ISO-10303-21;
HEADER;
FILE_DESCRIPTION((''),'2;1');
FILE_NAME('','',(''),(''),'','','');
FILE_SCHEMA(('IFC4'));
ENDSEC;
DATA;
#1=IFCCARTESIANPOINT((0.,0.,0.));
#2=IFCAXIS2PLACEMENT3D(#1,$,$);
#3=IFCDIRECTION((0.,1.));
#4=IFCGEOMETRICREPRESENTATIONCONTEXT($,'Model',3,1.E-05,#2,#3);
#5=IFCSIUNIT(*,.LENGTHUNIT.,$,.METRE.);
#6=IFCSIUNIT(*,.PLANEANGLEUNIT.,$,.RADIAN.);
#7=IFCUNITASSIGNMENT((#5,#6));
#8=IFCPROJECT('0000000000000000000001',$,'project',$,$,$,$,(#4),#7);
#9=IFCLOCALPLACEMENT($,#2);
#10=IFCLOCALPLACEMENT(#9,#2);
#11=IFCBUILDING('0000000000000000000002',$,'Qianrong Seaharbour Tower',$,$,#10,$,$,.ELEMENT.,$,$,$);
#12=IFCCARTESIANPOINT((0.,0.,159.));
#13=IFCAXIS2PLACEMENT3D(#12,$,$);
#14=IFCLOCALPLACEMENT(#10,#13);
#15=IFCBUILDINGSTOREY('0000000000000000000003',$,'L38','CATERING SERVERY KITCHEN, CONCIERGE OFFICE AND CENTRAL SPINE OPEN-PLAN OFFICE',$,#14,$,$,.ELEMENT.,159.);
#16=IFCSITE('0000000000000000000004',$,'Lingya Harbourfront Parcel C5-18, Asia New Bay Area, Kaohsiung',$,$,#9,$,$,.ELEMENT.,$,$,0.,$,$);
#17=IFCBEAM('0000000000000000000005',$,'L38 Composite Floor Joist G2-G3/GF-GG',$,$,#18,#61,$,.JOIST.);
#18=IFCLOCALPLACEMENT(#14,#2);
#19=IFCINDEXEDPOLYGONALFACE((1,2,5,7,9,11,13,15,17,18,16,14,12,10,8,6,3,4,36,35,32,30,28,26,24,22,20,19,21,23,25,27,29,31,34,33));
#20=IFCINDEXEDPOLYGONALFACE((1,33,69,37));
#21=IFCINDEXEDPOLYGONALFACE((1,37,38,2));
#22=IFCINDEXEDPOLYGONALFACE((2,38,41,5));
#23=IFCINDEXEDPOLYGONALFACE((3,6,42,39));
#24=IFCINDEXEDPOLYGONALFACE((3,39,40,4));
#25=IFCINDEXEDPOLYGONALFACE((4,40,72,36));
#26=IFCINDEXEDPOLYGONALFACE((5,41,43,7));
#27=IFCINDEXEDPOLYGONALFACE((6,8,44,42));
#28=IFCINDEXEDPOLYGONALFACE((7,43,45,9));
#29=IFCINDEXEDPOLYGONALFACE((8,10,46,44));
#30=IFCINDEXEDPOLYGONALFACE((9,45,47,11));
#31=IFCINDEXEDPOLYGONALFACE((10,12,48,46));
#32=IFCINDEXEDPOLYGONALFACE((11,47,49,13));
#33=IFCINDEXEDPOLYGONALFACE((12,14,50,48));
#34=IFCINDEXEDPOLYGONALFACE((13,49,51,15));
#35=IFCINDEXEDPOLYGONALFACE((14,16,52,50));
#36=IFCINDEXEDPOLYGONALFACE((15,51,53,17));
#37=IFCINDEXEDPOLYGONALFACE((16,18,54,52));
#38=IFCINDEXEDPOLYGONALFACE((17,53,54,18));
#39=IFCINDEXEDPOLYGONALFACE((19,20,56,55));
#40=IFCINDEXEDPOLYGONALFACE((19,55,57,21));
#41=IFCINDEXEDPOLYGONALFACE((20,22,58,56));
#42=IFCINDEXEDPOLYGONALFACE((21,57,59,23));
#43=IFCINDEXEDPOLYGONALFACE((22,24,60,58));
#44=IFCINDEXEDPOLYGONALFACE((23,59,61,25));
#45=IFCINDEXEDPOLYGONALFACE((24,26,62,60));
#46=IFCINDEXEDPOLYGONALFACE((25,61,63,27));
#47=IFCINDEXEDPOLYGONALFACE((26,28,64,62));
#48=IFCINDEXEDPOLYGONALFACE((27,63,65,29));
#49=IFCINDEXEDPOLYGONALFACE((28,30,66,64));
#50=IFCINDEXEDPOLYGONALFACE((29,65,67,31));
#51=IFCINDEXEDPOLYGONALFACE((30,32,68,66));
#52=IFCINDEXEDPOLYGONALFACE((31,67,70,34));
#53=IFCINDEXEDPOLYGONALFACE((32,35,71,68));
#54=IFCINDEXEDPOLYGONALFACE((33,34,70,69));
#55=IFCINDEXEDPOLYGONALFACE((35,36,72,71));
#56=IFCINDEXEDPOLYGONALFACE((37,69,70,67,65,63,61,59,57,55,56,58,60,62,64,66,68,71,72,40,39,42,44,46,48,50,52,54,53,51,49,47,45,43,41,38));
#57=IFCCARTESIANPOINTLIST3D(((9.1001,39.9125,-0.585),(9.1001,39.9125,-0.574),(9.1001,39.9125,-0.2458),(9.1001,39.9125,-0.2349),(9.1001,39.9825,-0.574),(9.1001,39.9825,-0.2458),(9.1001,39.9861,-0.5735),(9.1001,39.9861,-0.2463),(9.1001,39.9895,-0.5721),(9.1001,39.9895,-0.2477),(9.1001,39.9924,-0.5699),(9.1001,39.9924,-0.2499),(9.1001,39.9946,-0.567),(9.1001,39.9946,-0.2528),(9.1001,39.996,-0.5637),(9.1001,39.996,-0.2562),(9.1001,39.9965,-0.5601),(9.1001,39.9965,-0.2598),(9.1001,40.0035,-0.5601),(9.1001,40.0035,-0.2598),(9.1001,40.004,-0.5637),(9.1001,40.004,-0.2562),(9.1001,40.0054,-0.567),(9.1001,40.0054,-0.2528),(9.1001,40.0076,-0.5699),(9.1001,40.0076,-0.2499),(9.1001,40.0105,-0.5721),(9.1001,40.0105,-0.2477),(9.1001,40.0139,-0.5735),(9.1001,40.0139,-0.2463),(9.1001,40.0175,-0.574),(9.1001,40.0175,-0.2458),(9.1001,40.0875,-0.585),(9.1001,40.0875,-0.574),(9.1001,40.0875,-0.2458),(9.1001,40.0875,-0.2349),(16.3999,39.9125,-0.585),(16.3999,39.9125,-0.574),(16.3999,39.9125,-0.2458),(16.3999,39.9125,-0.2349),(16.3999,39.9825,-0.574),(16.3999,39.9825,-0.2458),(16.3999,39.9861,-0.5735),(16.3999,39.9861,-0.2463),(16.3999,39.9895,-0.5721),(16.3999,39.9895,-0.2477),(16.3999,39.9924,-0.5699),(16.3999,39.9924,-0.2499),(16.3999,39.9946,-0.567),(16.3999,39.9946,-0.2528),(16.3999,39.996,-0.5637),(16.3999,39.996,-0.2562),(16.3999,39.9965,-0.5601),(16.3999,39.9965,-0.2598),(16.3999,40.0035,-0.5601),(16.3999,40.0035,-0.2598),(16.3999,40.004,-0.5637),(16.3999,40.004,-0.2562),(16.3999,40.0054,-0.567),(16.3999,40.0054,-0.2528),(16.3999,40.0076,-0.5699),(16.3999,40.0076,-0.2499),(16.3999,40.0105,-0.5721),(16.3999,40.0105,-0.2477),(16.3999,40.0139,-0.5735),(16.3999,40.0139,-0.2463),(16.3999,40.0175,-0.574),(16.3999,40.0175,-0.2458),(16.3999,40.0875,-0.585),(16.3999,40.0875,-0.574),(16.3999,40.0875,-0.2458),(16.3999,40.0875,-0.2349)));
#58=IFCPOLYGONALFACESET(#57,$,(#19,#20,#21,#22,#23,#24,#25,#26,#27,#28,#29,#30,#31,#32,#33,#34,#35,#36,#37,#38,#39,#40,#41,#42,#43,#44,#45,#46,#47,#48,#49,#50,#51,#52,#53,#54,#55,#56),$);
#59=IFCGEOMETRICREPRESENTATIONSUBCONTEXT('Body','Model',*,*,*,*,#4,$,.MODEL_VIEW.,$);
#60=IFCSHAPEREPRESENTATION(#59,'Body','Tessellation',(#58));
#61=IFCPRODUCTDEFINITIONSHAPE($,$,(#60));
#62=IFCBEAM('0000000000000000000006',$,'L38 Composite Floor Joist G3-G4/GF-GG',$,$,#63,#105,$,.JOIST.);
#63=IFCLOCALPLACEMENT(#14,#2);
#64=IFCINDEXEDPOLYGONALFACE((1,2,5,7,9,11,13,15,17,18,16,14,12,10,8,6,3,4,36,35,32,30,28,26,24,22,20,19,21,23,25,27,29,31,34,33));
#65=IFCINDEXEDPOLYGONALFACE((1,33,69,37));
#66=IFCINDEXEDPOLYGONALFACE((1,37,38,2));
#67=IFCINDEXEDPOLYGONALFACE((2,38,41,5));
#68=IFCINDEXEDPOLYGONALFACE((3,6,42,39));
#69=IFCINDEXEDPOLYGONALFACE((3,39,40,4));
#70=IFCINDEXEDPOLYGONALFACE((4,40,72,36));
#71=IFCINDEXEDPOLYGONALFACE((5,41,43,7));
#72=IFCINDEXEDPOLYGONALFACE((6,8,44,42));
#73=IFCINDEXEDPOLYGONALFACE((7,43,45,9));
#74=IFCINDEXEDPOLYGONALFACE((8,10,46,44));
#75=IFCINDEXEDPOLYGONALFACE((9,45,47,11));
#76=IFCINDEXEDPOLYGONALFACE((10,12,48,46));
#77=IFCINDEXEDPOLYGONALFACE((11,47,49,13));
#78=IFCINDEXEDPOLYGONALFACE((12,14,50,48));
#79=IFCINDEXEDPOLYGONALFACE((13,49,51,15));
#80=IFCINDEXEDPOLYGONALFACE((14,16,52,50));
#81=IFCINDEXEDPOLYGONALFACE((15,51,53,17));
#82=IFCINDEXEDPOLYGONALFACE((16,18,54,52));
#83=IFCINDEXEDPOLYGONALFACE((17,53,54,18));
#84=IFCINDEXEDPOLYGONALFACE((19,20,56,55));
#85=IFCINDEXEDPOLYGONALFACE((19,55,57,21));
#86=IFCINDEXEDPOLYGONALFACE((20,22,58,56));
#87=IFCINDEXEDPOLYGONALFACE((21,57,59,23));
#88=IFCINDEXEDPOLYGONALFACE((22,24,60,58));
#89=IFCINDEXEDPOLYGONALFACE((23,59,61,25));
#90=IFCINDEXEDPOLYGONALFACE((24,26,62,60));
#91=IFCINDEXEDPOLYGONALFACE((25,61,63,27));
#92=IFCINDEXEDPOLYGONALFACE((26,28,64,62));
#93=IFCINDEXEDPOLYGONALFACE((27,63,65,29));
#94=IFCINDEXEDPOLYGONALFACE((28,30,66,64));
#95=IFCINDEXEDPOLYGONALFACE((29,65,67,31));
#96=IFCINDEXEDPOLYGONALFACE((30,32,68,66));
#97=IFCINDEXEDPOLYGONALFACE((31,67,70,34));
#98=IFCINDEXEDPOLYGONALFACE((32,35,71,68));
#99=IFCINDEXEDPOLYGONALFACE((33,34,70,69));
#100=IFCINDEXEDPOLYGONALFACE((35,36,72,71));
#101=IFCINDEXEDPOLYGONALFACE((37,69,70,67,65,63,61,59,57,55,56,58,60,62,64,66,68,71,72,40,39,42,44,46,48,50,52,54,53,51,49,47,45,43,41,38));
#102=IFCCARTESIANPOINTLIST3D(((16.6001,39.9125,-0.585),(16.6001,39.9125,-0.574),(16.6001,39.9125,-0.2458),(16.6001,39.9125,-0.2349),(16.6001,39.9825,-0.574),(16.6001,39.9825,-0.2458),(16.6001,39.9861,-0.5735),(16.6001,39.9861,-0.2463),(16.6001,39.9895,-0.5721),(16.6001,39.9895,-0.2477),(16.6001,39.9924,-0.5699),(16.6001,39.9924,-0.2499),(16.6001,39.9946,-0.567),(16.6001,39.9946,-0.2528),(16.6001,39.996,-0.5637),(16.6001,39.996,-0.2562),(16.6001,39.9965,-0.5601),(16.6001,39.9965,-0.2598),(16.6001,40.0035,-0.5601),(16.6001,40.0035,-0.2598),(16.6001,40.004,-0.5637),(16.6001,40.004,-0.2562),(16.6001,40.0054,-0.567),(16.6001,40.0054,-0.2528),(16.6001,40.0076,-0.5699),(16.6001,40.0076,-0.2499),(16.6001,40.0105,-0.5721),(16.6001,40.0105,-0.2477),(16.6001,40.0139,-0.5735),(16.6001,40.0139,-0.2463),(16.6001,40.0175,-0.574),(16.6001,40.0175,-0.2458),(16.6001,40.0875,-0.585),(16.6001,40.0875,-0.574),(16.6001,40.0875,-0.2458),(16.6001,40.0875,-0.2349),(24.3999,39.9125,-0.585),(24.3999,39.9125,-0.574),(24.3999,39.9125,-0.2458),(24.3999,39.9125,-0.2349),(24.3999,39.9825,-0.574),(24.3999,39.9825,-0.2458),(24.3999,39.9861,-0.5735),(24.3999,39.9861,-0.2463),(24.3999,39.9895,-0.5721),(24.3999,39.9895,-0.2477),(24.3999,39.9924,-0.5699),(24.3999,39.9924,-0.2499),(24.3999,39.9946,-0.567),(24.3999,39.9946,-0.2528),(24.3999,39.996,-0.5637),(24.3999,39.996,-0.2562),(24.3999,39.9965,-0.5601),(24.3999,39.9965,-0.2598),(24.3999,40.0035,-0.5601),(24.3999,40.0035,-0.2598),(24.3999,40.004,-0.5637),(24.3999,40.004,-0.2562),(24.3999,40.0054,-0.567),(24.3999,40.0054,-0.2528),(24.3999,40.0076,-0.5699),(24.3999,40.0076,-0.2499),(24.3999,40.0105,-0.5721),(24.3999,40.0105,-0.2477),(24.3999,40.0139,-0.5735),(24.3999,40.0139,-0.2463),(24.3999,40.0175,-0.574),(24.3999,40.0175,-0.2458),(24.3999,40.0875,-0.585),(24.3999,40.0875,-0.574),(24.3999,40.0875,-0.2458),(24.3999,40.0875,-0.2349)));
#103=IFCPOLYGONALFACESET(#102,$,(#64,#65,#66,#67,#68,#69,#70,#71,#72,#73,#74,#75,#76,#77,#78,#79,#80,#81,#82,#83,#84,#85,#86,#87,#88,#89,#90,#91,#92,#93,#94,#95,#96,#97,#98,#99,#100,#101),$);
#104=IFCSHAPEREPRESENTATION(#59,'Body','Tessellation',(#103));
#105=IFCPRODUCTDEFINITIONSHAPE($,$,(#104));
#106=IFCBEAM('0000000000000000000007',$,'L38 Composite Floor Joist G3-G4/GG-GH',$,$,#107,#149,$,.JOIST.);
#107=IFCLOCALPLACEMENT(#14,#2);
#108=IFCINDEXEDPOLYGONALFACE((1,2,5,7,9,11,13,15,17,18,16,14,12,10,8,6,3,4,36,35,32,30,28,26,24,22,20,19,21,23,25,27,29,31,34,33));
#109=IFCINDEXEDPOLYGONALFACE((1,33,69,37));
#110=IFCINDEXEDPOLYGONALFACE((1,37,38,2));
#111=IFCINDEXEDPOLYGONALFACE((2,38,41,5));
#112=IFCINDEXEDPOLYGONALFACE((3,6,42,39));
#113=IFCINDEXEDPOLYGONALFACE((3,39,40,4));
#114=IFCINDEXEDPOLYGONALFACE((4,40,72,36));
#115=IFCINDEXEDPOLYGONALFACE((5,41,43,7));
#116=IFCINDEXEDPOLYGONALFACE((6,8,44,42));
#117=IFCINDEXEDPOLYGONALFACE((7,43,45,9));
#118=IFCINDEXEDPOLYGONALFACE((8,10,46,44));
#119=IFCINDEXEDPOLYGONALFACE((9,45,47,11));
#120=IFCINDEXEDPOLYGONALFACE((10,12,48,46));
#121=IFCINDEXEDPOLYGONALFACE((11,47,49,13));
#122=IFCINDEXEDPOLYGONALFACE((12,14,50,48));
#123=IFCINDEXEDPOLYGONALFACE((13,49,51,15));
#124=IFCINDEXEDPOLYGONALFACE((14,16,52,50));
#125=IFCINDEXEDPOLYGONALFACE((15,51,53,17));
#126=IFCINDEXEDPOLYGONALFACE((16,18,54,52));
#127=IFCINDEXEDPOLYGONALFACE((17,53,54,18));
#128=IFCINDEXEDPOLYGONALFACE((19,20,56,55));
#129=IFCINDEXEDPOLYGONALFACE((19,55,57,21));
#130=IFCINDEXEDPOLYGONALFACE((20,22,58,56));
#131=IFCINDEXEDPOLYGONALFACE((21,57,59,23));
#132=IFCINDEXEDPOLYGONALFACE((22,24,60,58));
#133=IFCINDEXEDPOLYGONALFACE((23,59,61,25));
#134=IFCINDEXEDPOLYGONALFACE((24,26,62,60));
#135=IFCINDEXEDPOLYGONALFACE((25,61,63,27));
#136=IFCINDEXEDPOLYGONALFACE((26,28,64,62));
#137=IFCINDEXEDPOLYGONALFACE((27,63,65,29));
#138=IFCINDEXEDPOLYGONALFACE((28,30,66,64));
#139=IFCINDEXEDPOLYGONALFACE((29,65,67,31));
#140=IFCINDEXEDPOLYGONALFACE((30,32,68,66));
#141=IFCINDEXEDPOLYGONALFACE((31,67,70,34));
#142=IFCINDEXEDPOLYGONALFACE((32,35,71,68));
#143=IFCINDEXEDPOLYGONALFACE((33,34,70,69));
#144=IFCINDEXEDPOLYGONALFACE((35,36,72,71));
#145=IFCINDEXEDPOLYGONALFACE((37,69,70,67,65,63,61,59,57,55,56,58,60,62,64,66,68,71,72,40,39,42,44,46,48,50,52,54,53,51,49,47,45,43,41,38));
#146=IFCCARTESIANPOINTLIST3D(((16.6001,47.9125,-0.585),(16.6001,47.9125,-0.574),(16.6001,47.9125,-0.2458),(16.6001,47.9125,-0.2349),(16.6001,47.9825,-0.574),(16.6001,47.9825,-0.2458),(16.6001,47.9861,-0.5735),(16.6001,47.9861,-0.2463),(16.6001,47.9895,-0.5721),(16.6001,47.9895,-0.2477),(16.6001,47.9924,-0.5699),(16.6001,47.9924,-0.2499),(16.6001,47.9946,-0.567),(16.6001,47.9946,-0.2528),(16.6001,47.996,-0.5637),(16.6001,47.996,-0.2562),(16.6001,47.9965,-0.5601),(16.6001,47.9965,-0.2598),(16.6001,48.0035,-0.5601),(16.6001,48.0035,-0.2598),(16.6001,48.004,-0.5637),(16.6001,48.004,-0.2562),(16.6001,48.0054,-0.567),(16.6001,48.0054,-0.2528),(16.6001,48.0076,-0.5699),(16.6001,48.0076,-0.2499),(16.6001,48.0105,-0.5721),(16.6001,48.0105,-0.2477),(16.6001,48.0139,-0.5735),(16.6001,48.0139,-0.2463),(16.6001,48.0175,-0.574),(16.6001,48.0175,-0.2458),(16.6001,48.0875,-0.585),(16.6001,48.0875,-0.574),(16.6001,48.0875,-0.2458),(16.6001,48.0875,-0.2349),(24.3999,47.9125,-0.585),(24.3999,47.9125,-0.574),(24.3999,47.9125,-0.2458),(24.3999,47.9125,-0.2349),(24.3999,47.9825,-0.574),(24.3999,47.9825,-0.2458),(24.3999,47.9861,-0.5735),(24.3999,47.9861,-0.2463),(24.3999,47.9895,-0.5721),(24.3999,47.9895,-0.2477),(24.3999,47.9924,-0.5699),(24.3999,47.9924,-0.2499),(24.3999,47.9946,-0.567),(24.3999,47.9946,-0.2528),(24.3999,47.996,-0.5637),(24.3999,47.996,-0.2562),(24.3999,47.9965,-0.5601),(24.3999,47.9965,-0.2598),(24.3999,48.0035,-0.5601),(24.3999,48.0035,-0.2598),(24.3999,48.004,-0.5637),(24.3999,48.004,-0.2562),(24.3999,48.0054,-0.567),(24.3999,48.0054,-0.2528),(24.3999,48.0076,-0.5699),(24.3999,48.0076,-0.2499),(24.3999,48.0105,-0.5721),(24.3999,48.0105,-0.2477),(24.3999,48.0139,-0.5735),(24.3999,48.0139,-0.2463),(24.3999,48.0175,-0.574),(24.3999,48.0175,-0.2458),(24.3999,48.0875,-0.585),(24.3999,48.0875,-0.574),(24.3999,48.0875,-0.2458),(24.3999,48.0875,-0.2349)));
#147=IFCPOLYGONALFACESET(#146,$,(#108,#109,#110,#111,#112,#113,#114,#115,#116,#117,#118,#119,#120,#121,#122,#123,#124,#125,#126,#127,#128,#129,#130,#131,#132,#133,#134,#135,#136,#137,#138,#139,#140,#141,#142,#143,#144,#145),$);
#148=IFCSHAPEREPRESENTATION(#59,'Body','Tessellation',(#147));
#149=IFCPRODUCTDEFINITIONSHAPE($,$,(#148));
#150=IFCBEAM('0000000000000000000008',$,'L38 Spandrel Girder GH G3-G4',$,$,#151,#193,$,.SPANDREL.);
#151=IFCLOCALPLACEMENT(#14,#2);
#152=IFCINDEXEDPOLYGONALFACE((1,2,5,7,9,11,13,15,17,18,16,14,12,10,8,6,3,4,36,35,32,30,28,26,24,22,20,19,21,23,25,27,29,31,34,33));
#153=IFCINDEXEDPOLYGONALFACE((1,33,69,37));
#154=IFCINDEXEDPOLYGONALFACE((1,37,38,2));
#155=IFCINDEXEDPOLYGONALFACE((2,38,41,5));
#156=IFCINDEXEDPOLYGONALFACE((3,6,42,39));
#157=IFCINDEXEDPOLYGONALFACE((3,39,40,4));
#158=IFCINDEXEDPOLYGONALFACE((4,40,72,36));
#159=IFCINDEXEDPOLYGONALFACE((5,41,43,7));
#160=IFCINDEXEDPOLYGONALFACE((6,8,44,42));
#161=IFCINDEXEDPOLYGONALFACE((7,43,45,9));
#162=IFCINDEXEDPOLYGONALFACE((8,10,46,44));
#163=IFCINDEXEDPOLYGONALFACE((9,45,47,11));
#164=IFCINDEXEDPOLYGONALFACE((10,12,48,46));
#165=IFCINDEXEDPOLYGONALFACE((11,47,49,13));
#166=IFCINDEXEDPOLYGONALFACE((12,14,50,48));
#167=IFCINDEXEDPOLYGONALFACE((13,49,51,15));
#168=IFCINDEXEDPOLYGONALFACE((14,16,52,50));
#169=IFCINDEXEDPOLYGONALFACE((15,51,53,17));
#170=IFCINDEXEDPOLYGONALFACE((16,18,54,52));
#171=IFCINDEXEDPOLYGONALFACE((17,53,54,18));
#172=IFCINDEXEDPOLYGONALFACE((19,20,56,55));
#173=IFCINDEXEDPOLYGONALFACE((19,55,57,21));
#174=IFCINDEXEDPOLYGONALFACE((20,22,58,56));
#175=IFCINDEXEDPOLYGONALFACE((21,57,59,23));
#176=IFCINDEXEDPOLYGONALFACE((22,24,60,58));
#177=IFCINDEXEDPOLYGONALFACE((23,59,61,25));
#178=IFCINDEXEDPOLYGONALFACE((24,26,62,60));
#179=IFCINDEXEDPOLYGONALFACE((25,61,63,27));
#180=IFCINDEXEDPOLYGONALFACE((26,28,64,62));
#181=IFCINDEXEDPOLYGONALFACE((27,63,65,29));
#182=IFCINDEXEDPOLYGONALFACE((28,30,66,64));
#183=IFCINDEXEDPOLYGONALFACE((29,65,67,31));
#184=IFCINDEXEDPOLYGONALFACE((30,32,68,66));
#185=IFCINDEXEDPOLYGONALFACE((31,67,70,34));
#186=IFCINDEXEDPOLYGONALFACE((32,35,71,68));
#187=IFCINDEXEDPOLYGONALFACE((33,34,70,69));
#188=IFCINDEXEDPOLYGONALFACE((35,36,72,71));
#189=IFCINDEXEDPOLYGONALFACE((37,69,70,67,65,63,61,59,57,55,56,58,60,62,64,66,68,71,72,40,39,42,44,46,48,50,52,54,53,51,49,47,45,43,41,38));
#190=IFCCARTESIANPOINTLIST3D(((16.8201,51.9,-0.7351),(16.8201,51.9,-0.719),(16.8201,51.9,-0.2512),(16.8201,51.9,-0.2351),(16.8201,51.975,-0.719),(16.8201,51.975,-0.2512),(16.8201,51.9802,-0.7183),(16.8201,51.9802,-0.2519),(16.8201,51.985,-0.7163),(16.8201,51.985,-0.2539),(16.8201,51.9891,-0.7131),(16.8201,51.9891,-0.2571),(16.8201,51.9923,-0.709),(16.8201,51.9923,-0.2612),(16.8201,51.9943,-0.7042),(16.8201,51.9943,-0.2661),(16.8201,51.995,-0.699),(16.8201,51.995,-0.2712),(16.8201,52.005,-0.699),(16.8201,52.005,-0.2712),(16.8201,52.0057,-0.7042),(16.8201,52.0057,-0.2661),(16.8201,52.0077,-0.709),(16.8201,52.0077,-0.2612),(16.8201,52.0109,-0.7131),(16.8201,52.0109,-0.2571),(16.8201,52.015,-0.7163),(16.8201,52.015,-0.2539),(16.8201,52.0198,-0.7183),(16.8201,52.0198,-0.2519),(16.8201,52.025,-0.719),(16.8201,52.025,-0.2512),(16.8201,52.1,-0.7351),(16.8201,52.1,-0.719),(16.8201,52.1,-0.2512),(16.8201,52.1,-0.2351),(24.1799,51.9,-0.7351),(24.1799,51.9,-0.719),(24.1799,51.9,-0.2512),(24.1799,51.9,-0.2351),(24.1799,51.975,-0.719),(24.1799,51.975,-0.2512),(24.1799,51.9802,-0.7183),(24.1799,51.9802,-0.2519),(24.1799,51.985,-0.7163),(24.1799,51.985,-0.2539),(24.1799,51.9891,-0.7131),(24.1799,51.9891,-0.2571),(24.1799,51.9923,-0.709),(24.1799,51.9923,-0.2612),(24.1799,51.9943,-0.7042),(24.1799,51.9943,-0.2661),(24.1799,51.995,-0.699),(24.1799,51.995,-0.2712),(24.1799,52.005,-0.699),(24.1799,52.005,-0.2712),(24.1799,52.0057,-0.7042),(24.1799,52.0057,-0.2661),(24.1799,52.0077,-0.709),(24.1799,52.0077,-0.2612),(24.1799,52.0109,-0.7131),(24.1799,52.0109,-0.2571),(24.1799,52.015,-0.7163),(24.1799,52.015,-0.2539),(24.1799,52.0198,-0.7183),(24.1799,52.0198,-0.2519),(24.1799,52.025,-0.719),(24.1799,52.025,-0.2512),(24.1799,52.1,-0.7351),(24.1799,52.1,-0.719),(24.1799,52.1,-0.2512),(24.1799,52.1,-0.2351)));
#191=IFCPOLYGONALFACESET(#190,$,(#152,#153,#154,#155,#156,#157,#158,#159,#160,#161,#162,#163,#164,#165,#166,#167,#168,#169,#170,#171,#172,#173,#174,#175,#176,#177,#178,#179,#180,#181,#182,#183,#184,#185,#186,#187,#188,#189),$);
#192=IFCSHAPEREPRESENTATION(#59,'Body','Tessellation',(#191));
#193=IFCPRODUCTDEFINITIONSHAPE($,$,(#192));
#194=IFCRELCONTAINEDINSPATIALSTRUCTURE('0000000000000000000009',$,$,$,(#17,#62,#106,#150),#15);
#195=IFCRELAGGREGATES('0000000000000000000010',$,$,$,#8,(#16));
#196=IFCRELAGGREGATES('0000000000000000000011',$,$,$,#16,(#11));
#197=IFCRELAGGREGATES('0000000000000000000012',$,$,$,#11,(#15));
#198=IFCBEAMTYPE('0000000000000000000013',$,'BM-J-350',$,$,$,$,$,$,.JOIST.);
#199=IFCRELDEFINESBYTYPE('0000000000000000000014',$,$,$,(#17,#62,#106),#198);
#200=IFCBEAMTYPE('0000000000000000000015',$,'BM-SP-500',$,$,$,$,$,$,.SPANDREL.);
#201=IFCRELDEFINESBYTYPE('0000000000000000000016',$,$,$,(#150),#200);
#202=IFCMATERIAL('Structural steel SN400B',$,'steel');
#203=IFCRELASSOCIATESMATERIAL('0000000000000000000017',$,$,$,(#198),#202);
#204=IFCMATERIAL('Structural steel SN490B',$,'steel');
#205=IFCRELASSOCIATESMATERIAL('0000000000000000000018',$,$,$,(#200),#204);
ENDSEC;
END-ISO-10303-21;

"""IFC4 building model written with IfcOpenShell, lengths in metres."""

from ifc_helpers import new_model, si_unit, direction, frame, origin, origin_2d, place, context, subcontext, project, spatial, i_section, extrude, material, material_profile, profile_set, type_object, element, save


model = new_model("IFC4")

# Units and contexts
model_context = context("Model", 3, precision=1e-05, world=origin(), true_north=direction((0.0, 1.0)))
body_context = subcontext(model_context, "Body", "Model", "MODEL_VIEW")
ifc_project = project(units=[si_unit("LENGTHUNIT", "METRE"), si_unit("PLANEANGLEUNIT", "RADIAN")], contexts=[model_context])

# Site, building, storey
site_placement = place(None, origin())
site = spatial("IfcSite", under=ifc_project, at=site_placement, Name="Lingya Harbourfront Parcel C5-18, Asia New Bay Area, Kaohsiung", CompositionType="ELEMENT", RefElevation=0.0)
building_placement = place(site_placement, origin())
building = spatial("IfcBuilding", under=site, at=building_placement, Name="Qianrong Seaharbour Tower", CompositionType="ELEMENT")
storey_placement = place(building_placement, frame((0.0, 0.0, 159.0)))
storey = spatial("IfcBuildingStorey", under=building, at=storey_placement, Name="L38", Description="CATERING SERVERY KITCHEN, CONCIERGE OFFICE AND CENTRAL SPINE OPEN-PLAN OFFICE", CompositionType="ELEMENT", Elevation=159.0)

# Shared definitions
ifc_material_1 = material(Name="Structural steel SN490B", Category="steel")

# Beams
ifc_material_2 = material(Name="Structural steel SN400B", Category="steel")
ifc_material_profile_1 = material_profile(ifc_material_2, i_section(OverallWidth=0.175, OverallDepth=0.3501, WebThickness=0.0071, FlangeThickness=0.011, FilletRadius=0.0139, at=origin_2d()), Name="H350x175x7x11")
ifc_profile_set_1 = profile_set([ifc_material_profile_1], Name="Structural steel SN400B")
beam_type_1 = type_object("IfcBeamType", Name="BM-J-350", PredefinedType="JOIST", material=ifc_profile_set_1)
beam_1_placement = place(storey_placement, frame((9.1001, 40.0, -0.4099), z_axis=(1.0, 0.0, 0.0), x_axis=(0.0, 1.0, 0.0)))
element("IfcBeam", 1, at=beam_1_placement, inside=storey, type_object=beam_type_1, Name="L38 Composite Floor Joist G2-G3/GF-GG", PredefinedType="JOIST", context=body_context, shape_type="SweptSolid", body=[
    extrude(i_section(OverallWidth=0.175, OverallDepth=0.3501, WebThickness=0.0071, FlangeThickness=0.011, FilletRadius=0.0139, at=origin_2d()), origin(), (0.0, 0.0, 1.0), 7.2998),
])
for number, where, z_axis, x_axis, name in (
    (2, (16.6001, 40.0, -0.4099), (1.0, 0.0, 0.0), (0.0, 1.0, 0.0), "L38 Composite Floor Joist G3-G4/GF-GG"),
    (3, (16.6001, 48.0, -0.4099), (1.0, 0.0, 0.0), (0.0, 1.0, 0.0), "L38 Composite Floor Joist G3-G4/GG-GH"),
):
    element("IfcBeam", number, at=place(storey_placement, frame(where, z_axis=z_axis, x_axis=x_axis)), inside=storey, type_object=beam_type_1, Name=name, PredefinedType="JOIST", context=body_context, shape_type="SweptSolid", body=[
        extrude(i_section(OverallWidth=0.175, OverallDepth=0.3501, WebThickness=0.0071, FlangeThickness=0.011, FilletRadius=0.0139, at=origin_2d()), origin(), (0.0, 0.0, 1.0), 7.7998),
    ])
ifc_material_profile_2 = material_profile(ifc_material_1, i_section(OverallWidth=0.2, OverallDepth=0.5, WebThickness=0.01, FlangeThickness=0.0161, FilletRadius=0.02, at=origin_2d()), Name="H500x200x10x16")
ifc_profile_set_2 = profile_set([ifc_material_profile_2], Name="Structural steel SN490B")
beam_type_2 = type_object("IfcBeamType", Name="BM-SP-500", PredefinedType="SPANDREL", material=ifc_profile_set_2)
for number, where, z_axis, x_axis, name in (
    (4, (16.8201, 52.0, -0.4851), (1.0, 0.0, 0.0), (0.0, 1.0, 0.0), "L38 Spandrel Girder GH G3-G4"),
):
    element("IfcBeam", number, at=place(storey_placement, frame(where, z_axis=z_axis, x_axis=x_axis)), inside=storey, type_object=beam_type_2, Name=name, PredefinedType="SPANDREL", context=body_context, shape_type="SweptSolid", body=[
        extrude(i_section(OverallWidth=0.2, OverallDepth=0.5, WebThickness=0.01, FlangeThickness=0.0161, FilletRadius=0.02, at=origin_2d()), origin(), (0.0, 0.0, 1.0), 7.3599),
    ])

save(model, "model.ifc")
